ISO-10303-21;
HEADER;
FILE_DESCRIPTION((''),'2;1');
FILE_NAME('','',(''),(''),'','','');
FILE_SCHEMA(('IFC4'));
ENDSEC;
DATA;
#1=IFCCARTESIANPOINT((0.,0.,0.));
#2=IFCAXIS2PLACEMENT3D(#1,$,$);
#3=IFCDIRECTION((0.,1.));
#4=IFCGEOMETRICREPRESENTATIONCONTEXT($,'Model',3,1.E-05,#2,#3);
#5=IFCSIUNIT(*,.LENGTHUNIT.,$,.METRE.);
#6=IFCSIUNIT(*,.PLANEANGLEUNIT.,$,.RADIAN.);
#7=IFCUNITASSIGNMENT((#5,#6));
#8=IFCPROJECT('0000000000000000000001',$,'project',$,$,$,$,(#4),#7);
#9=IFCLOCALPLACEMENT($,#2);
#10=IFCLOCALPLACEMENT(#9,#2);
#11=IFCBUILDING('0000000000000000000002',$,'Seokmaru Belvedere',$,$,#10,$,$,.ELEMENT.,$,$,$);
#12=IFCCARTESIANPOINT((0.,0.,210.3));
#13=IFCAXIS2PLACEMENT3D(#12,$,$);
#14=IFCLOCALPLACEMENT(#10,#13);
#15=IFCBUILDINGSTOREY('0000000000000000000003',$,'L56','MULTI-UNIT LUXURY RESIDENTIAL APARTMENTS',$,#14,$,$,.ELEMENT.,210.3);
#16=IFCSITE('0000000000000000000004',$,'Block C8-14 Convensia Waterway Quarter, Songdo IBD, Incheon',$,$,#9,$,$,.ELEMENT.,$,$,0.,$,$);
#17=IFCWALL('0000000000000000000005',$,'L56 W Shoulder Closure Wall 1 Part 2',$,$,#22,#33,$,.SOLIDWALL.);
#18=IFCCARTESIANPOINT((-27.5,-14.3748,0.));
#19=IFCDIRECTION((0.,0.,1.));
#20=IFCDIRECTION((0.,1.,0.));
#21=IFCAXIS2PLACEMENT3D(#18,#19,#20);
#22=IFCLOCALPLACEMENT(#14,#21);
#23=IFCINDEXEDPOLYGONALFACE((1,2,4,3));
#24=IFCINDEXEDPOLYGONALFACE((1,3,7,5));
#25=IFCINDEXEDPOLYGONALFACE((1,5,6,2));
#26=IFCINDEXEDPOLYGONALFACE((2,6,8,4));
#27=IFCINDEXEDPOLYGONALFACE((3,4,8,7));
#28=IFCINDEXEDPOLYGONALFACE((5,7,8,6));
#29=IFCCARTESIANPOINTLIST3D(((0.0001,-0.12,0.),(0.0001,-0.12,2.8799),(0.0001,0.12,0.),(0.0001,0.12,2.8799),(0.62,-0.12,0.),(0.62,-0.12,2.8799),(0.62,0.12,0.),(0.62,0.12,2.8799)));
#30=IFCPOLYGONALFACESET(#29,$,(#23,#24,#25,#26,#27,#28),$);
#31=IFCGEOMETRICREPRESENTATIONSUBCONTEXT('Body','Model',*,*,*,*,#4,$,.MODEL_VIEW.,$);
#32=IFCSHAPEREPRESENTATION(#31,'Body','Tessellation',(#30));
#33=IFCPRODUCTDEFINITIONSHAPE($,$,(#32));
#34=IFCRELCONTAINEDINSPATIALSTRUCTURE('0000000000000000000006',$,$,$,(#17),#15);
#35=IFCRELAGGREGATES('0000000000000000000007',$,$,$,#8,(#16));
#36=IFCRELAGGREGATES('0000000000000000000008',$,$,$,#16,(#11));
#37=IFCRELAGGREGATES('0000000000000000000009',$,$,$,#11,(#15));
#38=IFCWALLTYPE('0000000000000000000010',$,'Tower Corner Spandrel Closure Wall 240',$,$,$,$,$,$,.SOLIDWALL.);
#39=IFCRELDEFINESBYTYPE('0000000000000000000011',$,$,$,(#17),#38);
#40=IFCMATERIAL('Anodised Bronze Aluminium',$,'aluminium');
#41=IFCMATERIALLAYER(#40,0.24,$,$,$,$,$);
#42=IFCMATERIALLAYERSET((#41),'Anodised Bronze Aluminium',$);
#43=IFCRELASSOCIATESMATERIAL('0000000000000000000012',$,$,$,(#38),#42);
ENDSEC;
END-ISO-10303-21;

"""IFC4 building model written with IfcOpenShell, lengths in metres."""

from ifc_helpers import new_model, si_unit, direction, frame, frame_2d, origin, place, context, subcontext, project, spatial, rectangle, extrude, material, layer, layer_set, type_object, element, save


model = new_model("IFC4")

# Units and contexts
model_context = context("Model", 3, precision=1e-05, world=origin(), true_north=direction((0.0, 1.0)))
body_context = subcontext(model_context, "Body", "Model", "MODEL_VIEW")
ifc_project = project(units=[si_unit("LENGTHUNIT", "METRE"), si_unit("PLANEANGLEUNIT", "RADIAN")], contexts=[model_context])

# Site, building, storey
site_placement = place(None, origin())
site = spatial("IfcSite", under=ifc_project, at=site_placement, Name="Block C8-14 Convensia Waterway Quarter, Songdo IBD, Incheon", CompositionType="ELEMENT", RefElevation=0.0)
building_placement = place(site_placement, origin())
building = spatial("IfcBuilding", under=site, at=building_placement, Name="Seokmaru Belvedere", CompositionType="ELEMENT")
storey_placement = place(building_placement, frame((0.0, 0.0, 210.3)))
storey = spatial("IfcBuildingStorey", under=building, at=storey_placement, Name="L56", Description="MULTI-UNIT LUXURY RESIDENTIAL APARTMENTS", CompositionType="ELEMENT", Elevation=210.3)

# Shared definitions
ifc_material_1 = material(Name="Anodised Bronze Aluminium", Category="aluminium")

# Wall
ifc_layer_1 = layer(ifc_material_1, 0.24)
ifc_layer_set_1 = layer_set([ifc_layer_1], Name="Anodised Bronze Aluminium")
wall_type_1 = type_object("IfcWallType", Name="Tower Corner Spandrel Closure Wall 240", PredefinedType="SOLIDWALL", material=ifc_layer_set_1)
wall_1_placement = place(storey_placement, frame((-27.5, -14.3748, 0.0), z_axis=(0.0, 0.0, 1.0), x_axis=(0.0, 1.0, 0.0)))
element("IfcWall", 1, at=wall_1_placement, inside=storey, type_object=wall_type_1, Name="L56 W Shoulder Closure Wall 1 Part 2", PredefinedType="SOLIDWALL", context=body_context, shape_type="SweptSolid", body=[
    extrude(rectangle(XDim=0.6199, YDim=0.24, at=frame_2d((0.3101, 0.0))), origin(), (0.0, 0.0, 1.0), 2.8799),
])

save(model, "model.ifc")
